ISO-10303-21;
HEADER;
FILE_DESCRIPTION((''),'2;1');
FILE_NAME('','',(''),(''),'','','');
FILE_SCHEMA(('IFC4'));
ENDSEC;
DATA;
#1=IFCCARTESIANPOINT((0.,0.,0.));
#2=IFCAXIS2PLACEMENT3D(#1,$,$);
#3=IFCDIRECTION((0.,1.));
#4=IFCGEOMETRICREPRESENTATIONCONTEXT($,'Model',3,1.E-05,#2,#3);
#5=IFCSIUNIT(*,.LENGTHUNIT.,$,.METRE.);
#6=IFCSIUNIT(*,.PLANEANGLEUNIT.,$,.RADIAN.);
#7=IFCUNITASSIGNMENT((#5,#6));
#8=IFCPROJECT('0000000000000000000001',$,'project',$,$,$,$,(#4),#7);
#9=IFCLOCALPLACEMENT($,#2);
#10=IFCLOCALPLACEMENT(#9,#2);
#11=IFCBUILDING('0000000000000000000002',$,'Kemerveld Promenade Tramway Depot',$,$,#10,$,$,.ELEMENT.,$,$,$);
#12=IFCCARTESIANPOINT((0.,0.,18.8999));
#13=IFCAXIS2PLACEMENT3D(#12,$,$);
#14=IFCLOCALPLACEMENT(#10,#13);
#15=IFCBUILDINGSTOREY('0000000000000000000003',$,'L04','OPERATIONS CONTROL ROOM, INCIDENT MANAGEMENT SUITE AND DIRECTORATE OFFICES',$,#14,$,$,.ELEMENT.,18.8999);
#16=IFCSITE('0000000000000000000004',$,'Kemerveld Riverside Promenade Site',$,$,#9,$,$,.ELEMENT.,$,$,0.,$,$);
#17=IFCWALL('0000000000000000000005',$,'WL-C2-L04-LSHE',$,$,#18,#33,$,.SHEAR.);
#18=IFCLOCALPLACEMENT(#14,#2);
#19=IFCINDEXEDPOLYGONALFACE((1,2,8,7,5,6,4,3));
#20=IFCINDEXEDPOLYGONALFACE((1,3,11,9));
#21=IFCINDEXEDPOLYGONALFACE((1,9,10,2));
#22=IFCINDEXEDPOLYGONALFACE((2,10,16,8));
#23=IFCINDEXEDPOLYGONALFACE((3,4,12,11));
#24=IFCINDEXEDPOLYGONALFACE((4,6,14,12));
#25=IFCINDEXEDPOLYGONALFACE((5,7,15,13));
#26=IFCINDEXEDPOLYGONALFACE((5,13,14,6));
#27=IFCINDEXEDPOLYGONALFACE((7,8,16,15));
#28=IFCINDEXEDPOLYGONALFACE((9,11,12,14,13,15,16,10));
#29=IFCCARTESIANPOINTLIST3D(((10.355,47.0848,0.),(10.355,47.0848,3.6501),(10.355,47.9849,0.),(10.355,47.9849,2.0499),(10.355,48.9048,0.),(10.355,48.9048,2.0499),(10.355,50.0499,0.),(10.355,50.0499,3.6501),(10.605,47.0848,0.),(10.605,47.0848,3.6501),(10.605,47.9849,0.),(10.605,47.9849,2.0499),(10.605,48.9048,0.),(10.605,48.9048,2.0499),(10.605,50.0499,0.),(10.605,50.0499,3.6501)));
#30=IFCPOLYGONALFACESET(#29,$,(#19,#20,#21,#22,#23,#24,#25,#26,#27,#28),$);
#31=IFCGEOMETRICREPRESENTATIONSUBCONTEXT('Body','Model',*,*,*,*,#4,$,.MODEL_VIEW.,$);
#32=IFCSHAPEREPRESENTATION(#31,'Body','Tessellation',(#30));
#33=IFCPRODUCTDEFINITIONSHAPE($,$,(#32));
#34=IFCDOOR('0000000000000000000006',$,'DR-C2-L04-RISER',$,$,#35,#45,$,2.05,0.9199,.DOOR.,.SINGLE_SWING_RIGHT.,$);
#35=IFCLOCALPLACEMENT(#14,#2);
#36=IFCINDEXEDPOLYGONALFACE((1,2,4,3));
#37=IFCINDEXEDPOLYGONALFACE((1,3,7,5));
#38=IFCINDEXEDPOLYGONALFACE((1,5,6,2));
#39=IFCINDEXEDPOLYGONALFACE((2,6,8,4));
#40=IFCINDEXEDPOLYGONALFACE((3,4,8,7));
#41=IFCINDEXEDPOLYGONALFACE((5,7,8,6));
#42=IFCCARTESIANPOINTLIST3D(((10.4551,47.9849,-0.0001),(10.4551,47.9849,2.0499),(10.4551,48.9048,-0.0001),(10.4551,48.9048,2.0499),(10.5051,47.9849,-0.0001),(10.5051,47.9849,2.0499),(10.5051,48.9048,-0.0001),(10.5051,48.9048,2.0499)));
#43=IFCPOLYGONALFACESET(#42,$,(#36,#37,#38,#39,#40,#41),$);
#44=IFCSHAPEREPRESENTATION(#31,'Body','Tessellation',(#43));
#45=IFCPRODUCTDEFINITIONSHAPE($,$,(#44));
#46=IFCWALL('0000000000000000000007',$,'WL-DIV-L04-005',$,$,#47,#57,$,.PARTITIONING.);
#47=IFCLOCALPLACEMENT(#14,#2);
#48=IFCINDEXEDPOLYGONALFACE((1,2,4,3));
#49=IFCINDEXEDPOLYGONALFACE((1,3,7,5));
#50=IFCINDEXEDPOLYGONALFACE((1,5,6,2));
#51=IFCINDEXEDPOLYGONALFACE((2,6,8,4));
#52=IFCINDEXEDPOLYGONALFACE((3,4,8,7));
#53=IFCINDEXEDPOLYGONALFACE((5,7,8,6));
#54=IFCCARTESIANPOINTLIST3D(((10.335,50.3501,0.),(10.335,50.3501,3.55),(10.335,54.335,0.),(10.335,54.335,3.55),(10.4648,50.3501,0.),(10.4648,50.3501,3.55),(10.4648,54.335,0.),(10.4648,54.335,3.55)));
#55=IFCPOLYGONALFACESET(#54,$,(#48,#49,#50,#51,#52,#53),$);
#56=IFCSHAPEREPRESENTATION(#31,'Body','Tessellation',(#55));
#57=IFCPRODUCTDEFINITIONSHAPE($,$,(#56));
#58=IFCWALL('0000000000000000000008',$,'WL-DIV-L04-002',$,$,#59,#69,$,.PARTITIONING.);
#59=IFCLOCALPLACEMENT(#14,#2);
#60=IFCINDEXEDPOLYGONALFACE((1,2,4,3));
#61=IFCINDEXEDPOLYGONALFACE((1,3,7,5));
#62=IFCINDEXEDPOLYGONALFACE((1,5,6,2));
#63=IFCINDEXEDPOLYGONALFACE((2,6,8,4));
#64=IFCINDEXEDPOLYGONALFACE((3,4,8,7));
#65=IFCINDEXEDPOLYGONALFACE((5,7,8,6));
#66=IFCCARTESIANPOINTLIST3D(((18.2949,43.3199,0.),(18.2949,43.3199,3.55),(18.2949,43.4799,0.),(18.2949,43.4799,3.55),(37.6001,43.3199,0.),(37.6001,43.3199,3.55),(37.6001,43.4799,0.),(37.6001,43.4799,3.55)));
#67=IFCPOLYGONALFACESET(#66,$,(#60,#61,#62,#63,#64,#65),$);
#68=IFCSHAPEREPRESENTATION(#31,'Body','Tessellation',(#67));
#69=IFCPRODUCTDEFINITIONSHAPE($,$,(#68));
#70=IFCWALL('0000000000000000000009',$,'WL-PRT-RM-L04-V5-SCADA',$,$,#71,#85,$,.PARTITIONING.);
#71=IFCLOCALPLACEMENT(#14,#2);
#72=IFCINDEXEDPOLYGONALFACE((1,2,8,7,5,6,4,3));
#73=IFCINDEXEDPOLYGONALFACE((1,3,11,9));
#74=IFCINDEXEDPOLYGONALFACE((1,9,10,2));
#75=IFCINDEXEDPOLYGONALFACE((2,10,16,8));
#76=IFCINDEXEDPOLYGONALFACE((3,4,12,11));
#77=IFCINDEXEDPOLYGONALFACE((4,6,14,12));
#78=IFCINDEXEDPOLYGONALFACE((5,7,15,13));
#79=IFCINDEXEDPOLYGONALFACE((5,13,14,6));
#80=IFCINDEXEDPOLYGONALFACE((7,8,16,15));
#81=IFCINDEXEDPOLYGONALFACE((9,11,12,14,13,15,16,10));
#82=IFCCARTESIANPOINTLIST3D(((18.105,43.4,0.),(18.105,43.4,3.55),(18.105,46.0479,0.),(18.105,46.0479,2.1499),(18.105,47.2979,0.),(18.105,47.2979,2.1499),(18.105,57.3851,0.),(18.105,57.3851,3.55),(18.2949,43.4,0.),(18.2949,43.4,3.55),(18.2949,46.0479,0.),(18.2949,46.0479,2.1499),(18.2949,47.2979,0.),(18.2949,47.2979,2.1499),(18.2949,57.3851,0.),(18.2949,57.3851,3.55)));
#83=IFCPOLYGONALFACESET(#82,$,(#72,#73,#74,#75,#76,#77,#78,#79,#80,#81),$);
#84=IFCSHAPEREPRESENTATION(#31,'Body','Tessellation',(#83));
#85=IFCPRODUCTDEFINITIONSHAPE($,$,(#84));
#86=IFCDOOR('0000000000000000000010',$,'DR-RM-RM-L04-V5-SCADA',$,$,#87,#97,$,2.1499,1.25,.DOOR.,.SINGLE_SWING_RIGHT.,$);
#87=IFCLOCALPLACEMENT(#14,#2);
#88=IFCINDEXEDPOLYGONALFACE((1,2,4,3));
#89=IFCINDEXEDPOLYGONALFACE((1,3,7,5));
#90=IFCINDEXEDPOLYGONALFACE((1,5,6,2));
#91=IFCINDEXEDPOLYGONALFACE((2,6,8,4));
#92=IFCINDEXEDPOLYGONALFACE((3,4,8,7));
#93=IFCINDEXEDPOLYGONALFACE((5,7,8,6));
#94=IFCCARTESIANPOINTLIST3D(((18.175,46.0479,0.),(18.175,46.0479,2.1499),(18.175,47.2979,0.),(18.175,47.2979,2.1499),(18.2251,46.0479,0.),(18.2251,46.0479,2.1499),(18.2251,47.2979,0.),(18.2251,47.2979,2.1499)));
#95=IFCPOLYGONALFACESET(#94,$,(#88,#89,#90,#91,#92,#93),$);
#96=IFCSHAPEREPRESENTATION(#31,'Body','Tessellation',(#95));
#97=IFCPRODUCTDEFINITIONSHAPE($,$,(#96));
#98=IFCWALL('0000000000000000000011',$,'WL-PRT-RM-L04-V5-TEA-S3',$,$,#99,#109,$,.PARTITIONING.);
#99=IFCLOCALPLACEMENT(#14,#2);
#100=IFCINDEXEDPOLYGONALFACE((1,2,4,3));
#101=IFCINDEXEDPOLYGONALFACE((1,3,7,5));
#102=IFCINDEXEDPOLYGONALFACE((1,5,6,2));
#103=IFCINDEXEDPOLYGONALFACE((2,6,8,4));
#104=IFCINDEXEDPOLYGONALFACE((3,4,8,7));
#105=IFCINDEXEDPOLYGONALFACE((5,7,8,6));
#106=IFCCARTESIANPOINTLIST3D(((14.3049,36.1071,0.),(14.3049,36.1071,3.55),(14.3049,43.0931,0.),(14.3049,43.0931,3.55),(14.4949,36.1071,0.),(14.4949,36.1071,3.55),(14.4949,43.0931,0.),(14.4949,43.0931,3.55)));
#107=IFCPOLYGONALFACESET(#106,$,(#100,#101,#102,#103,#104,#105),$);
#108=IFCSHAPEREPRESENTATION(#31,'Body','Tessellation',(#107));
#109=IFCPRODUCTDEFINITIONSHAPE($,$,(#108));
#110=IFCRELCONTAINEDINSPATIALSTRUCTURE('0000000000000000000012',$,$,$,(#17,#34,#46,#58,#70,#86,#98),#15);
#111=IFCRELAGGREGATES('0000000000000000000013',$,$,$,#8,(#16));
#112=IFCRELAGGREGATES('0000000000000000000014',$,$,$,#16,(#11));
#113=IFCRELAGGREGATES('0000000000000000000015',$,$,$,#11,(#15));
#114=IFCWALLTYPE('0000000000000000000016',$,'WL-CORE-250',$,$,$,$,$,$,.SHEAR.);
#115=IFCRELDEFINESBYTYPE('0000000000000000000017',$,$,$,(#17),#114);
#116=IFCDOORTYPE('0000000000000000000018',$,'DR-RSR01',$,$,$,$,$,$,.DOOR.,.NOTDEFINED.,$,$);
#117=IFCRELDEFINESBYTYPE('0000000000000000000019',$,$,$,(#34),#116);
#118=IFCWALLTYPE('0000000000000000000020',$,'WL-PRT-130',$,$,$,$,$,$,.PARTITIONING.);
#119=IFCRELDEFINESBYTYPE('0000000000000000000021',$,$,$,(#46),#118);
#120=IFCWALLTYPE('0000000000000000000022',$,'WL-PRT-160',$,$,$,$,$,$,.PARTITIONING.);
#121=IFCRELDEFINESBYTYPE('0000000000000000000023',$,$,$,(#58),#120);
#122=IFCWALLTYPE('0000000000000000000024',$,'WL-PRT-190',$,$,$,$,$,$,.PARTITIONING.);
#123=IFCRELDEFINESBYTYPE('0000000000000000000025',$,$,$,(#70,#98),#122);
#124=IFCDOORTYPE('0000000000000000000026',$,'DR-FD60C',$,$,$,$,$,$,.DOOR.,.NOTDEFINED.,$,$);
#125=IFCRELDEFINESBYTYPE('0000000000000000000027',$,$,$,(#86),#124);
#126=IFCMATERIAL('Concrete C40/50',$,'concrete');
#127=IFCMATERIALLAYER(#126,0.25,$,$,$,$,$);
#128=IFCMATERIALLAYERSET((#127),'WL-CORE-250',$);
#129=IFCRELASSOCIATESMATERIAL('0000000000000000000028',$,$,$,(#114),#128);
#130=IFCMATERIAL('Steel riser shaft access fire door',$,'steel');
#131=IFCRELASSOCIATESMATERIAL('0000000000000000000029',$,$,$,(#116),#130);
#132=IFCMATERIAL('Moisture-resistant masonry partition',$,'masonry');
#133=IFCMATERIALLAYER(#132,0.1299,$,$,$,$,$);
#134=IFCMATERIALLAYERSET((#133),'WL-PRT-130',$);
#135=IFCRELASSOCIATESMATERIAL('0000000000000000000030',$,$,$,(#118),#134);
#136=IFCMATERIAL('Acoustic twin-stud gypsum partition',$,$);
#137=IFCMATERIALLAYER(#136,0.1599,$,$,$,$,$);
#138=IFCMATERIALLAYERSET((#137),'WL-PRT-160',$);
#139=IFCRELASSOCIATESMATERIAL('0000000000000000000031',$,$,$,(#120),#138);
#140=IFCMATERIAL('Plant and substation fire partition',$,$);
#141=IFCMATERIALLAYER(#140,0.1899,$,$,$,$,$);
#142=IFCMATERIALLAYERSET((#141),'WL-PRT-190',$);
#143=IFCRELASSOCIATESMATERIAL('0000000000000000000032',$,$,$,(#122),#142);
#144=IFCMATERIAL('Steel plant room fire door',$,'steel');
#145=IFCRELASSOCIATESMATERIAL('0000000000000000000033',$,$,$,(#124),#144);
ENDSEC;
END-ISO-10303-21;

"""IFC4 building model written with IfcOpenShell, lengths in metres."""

from ifc_helpers import new_model, si_unit, direction, frame, frame_2d, origin, place, context, subcontext, project, spatial, rectangle, extrude, material, layer, layer_set, type_object, element, fill, save


model = new_model("IFC4")

# Units and contexts
model_context = context("Model", 3, precision=1e-05, world=origin(), true_north=direction((0.0, 1.0)))
body_context = subcontext(model_context, "Body", "Model", "MODEL_VIEW")
ifc_project = project(units=[si_unit("LENGTHUNIT", "METRE"), si_unit("PLANEANGLEUNIT", "RADIAN")], contexts=[model_context])

# Site, building, storey
site_placement = place(None, origin())
site = spatial("IfcSite", under=ifc_project, at=site_placement, Name="Kemerveld Riverside Promenade Site", CompositionType="ELEMENT", RefElevation=0.0)
building_placement = place(site_placement, origin())
building = spatial("IfcBuilding", under=site, at=building_placement, Name="Kemerveld Promenade Tramway Depot", CompositionType="ELEMENT")
storey_placement = place(building_placement, frame((0.0, 0.0, 18.8999)))
storey = spatial("IfcBuildingStorey", under=building, at=storey_placement, Name="L04", Description="OPERATIONS CONTROL ROOM, INCIDENT MANAGEMENT SUITE AND DIRECTORATE OFFICES", CompositionType="ELEMENT", Elevation=18.8999)

# Shared definitions
ifc_material_1 = material(Name="Concrete C40/50", Category="concrete")

# Shared definitions
ifc_layer_1 = layer(ifc_material_1, 0.25)
ifc_layer_set_1 = layer_set([ifc_layer_1], Name="WL-CORE-250")
wall_type_1 = type_object("IfcWallType", Name="WL-CORE-250", PredefinedType="SHEAR", material=ifc_layer_set_1)

# Wall, opening, door
wall_1_placement = place(storey_placement, frame((10.48, 47.085, 0.0), z_axis=(0.0, 0.0, 1.0), x_axis=(0.0, 1.0, 0.0)))
wall_1 = element("IfcWall", 1, at=wall_1_placement, inside=storey, type_object=wall_type_1, Name="WL-C2-L04-LSHE", PredefinedType="SHEAR", context=body_context, shape_type="SweptSolid", body=[
    extrude(rectangle(XDim=2.9651, YDim=0.25, at=frame_2d((1.4824, 0.0))), origin(), (0.0, 0.0, 1.0), 3.6501),
])
opening_1_placement = place(wall_1_placement, frame((0.8999, 0.0, 0.0)))
opening_1 = element("IfcOpeningElement", 2, at=opening_1_placement, cuts=wall_1, PredefinedType="OPENING", context=body_context, shape_type="SweptSolid", body=[
    extrude(rectangle(XDim=0.9199, YDim=2.05, at=frame_2d((0.46, 1.0249))), frame((0.0, 0.135, 0.0), z_axis=(0.0, -1.0, 0.0), x_axis=(1.0, 0.0, 0.0)), (0.0, 0.0, 1.0), 0.27),
])
ifc_material_2 = material(Name="Steel riser shaft access fire door", Category="steel")
door_type_1 = type_object("IfcDoorType", Name="DR-RSR01", OperationType="NOTDEFINED", PredefinedType="DOOR", material=ifc_material_2)
door_1_placement = place(opening_1_placement, origin())
door_1 = element("IfcDoor", 3, at=door_1_placement, inside=storey, type_object=door_type_1, Name="DR-C2-L04-RISER", OperationType="SINGLE_SWING_RIGHT", OverallHeight=2.05, OverallWidth=0.9199, PredefinedType="DOOR", context=body_context, shape_type="SweptSolid", body=[
    extrude(rectangle(XDim=0.9199, YDim=2.05, at=frame_2d((0.46, 1.0249))), frame((0.0, 0.0249, 0.0), z_axis=(0.0, -1.0, 0.0), x_axis=(1.0, 0.0, 0.0)), (0.0, 0.0, 1.0), 0.05),
])
fill(opening_1, door_1)

# Walls
ifc_material_3 = material(Name="Moisture-resistant masonry partition", Category="masonry")
ifc_layer_2 = layer(ifc_material_3, 0.1299)
ifc_layer_set_2 = layer_set([ifc_layer_2], Name="WL-PRT-130")
wall_type_2 = type_object("IfcWallType", Name="WL-PRT-130", PredefinedType="PARTITIONING", material=ifc_layer_set_2)
wall_2_placement = place(storey_placement, frame((10.3999, 50.3501, 0.0), z_axis=(0.0, 0.0, 1.0), x_axis=(0.0, 1.0, 0.0)))
element("IfcWall", 4, at=wall_2_placement, inside=storey, type_object=wall_type_2, Name="WL-DIV-L04-005", PredefinedType="PARTITIONING", context=body_context, shape_type="SweptSolid", body=[
    extrude(rectangle(XDim=3.9849, YDim=0.1299, at=frame_2d((1.9924, 0.0))), origin(), (0.0, 0.0, 1.0), 3.55),
])
ifc_material_4 = material(Name="Acoustic twin-stud gypsum partition")
ifc_layer_3 = layer(ifc_material_4, 0.1599)
ifc_layer_set_3 = layer_set([ifc_layer_3], Name="WL-PRT-160")
wall_type_3 = type_object("IfcWallType", Name="WL-PRT-160", PredefinedType="PARTITIONING", material=ifc_layer_set_3)
wall_3_placement = place(storey_placement, frame((18.2949, 43.3999, 0.0), z_axis=(0.0, 0.0, 1.0), x_axis=(1.0, 0.0, 0.0)))
element("IfcWall", 5, at=wall_3_placement, inside=storey, type_object=wall_type_3, Name="WL-DIV-L04-002", PredefinedType="PARTITIONING", context=body_context, shape_type="SweptSolid", body=[
    extrude(rectangle(XDim=19.3052, YDim=0.1599, at=frame_2d((9.6526, 0.0))), origin(), (0.0, 0.0, 1.0), 3.55),
])

# Wall, opening, door
ifc_material_5 = material(Name="Plant and substation fire partition")
ifc_layer_4 = layer(ifc_material_5, 0.1899)
ifc_layer_set_4 = layer_set([ifc_layer_4], Name="WL-PRT-190")
wall_type_4 = type_object("IfcWallType", Name="WL-PRT-190", PredefinedType="PARTITIONING", material=ifc_layer_set_4)
wall_4_placement = place(storey_placement, frame((18.2, 43.3999, 0.0), z_axis=(0.0, 0.0, 1.0), x_axis=(0.0, 1.0, 0.0)))
wall_4 = element("IfcWall", 6, at=wall_4_placement, inside=storey, type_object=wall_type_4, Name="WL-PRT-RM-L04-V5-SCADA", PredefinedType="PARTITIONING", context=body_context, shape_type="SweptSolid", body=[
    extrude(rectangle(XDim=13.9851, YDim=0.1899, at=frame_2d((6.9927, 0.0))), origin(), (0.0, 0.0, 1.0), 3.55),
])
opening_2_placement = place(wall_4_placement, frame((2.6479, 0.0, 0.0)))
opening_2 = element("IfcOpeningElement", 7, at=opening_2_placement, cuts=wall_4, PredefinedType="OPENING", context=body_context, shape_type="SweptSolid", body=[
    extrude(rectangle(XDim=1.25, YDim=2.1499, at=frame_2d((0.625, 1.075))), frame((0.0, 0.105, 0.0), z_axis=(0.0, -1.0, 0.0), x_axis=(1.0, 0.0, 0.0)), (0.0, 0.0, 1.0), 0.21),
])
ifc_material_6 = material(Name="Steel plant room fire door", Category="steel")
door_type_2 = type_object("IfcDoorType", Name="DR-FD60C", OperationType="NOTDEFINED", PredefinedType="DOOR", material=ifc_material_6)
door_2_placement = place(opening_2_placement, origin())
door_2 = element("IfcDoor", 8, at=door_2_placement, inside=storey, type_object=door_type_2, Name="DR-RM-RM-L04-V5-SCADA", OperationType="SINGLE_SWING_RIGHT", OverallHeight=2.1499, OverallWidth=1.25, PredefinedType="DOOR", context=body_context, shape_type="SweptSolid", body=[
    extrude(rectangle(XDim=1.25, YDim=2.1499, at=frame_2d((0.625, 1.075))), frame((0.0, 0.0249, 0.0), z_axis=(0.0, -1.0, 0.0), x_axis=(1.0, 0.0, 0.0)), (0.0, 0.0, 1.0), 0.05),
])
fill(opening_2, door_2)

# Wall
wall_5_placement = place(storey_placement, frame((14.3999, 36.1069, 0.0), z_axis=(0.0, 0.0, 1.0), x_axis=(0.0, 1.0, 0.0)))
element("IfcWall", 9, at=wall_5_placement, inside=storey, type_object=wall_type_4, Name="WL-PRT-RM-L04-V5-TEA-S3", PredefinedType="PARTITIONING", context=body_context, shape_type="SweptSolid", body=[
    extrude(rectangle(XDim=6.9861, YDim=0.1899, at=frame_2d((3.4932, 0.0))), origin(), (0.0, 0.0, 1.0), 3.55),
])

save(model, "model.ifc")
